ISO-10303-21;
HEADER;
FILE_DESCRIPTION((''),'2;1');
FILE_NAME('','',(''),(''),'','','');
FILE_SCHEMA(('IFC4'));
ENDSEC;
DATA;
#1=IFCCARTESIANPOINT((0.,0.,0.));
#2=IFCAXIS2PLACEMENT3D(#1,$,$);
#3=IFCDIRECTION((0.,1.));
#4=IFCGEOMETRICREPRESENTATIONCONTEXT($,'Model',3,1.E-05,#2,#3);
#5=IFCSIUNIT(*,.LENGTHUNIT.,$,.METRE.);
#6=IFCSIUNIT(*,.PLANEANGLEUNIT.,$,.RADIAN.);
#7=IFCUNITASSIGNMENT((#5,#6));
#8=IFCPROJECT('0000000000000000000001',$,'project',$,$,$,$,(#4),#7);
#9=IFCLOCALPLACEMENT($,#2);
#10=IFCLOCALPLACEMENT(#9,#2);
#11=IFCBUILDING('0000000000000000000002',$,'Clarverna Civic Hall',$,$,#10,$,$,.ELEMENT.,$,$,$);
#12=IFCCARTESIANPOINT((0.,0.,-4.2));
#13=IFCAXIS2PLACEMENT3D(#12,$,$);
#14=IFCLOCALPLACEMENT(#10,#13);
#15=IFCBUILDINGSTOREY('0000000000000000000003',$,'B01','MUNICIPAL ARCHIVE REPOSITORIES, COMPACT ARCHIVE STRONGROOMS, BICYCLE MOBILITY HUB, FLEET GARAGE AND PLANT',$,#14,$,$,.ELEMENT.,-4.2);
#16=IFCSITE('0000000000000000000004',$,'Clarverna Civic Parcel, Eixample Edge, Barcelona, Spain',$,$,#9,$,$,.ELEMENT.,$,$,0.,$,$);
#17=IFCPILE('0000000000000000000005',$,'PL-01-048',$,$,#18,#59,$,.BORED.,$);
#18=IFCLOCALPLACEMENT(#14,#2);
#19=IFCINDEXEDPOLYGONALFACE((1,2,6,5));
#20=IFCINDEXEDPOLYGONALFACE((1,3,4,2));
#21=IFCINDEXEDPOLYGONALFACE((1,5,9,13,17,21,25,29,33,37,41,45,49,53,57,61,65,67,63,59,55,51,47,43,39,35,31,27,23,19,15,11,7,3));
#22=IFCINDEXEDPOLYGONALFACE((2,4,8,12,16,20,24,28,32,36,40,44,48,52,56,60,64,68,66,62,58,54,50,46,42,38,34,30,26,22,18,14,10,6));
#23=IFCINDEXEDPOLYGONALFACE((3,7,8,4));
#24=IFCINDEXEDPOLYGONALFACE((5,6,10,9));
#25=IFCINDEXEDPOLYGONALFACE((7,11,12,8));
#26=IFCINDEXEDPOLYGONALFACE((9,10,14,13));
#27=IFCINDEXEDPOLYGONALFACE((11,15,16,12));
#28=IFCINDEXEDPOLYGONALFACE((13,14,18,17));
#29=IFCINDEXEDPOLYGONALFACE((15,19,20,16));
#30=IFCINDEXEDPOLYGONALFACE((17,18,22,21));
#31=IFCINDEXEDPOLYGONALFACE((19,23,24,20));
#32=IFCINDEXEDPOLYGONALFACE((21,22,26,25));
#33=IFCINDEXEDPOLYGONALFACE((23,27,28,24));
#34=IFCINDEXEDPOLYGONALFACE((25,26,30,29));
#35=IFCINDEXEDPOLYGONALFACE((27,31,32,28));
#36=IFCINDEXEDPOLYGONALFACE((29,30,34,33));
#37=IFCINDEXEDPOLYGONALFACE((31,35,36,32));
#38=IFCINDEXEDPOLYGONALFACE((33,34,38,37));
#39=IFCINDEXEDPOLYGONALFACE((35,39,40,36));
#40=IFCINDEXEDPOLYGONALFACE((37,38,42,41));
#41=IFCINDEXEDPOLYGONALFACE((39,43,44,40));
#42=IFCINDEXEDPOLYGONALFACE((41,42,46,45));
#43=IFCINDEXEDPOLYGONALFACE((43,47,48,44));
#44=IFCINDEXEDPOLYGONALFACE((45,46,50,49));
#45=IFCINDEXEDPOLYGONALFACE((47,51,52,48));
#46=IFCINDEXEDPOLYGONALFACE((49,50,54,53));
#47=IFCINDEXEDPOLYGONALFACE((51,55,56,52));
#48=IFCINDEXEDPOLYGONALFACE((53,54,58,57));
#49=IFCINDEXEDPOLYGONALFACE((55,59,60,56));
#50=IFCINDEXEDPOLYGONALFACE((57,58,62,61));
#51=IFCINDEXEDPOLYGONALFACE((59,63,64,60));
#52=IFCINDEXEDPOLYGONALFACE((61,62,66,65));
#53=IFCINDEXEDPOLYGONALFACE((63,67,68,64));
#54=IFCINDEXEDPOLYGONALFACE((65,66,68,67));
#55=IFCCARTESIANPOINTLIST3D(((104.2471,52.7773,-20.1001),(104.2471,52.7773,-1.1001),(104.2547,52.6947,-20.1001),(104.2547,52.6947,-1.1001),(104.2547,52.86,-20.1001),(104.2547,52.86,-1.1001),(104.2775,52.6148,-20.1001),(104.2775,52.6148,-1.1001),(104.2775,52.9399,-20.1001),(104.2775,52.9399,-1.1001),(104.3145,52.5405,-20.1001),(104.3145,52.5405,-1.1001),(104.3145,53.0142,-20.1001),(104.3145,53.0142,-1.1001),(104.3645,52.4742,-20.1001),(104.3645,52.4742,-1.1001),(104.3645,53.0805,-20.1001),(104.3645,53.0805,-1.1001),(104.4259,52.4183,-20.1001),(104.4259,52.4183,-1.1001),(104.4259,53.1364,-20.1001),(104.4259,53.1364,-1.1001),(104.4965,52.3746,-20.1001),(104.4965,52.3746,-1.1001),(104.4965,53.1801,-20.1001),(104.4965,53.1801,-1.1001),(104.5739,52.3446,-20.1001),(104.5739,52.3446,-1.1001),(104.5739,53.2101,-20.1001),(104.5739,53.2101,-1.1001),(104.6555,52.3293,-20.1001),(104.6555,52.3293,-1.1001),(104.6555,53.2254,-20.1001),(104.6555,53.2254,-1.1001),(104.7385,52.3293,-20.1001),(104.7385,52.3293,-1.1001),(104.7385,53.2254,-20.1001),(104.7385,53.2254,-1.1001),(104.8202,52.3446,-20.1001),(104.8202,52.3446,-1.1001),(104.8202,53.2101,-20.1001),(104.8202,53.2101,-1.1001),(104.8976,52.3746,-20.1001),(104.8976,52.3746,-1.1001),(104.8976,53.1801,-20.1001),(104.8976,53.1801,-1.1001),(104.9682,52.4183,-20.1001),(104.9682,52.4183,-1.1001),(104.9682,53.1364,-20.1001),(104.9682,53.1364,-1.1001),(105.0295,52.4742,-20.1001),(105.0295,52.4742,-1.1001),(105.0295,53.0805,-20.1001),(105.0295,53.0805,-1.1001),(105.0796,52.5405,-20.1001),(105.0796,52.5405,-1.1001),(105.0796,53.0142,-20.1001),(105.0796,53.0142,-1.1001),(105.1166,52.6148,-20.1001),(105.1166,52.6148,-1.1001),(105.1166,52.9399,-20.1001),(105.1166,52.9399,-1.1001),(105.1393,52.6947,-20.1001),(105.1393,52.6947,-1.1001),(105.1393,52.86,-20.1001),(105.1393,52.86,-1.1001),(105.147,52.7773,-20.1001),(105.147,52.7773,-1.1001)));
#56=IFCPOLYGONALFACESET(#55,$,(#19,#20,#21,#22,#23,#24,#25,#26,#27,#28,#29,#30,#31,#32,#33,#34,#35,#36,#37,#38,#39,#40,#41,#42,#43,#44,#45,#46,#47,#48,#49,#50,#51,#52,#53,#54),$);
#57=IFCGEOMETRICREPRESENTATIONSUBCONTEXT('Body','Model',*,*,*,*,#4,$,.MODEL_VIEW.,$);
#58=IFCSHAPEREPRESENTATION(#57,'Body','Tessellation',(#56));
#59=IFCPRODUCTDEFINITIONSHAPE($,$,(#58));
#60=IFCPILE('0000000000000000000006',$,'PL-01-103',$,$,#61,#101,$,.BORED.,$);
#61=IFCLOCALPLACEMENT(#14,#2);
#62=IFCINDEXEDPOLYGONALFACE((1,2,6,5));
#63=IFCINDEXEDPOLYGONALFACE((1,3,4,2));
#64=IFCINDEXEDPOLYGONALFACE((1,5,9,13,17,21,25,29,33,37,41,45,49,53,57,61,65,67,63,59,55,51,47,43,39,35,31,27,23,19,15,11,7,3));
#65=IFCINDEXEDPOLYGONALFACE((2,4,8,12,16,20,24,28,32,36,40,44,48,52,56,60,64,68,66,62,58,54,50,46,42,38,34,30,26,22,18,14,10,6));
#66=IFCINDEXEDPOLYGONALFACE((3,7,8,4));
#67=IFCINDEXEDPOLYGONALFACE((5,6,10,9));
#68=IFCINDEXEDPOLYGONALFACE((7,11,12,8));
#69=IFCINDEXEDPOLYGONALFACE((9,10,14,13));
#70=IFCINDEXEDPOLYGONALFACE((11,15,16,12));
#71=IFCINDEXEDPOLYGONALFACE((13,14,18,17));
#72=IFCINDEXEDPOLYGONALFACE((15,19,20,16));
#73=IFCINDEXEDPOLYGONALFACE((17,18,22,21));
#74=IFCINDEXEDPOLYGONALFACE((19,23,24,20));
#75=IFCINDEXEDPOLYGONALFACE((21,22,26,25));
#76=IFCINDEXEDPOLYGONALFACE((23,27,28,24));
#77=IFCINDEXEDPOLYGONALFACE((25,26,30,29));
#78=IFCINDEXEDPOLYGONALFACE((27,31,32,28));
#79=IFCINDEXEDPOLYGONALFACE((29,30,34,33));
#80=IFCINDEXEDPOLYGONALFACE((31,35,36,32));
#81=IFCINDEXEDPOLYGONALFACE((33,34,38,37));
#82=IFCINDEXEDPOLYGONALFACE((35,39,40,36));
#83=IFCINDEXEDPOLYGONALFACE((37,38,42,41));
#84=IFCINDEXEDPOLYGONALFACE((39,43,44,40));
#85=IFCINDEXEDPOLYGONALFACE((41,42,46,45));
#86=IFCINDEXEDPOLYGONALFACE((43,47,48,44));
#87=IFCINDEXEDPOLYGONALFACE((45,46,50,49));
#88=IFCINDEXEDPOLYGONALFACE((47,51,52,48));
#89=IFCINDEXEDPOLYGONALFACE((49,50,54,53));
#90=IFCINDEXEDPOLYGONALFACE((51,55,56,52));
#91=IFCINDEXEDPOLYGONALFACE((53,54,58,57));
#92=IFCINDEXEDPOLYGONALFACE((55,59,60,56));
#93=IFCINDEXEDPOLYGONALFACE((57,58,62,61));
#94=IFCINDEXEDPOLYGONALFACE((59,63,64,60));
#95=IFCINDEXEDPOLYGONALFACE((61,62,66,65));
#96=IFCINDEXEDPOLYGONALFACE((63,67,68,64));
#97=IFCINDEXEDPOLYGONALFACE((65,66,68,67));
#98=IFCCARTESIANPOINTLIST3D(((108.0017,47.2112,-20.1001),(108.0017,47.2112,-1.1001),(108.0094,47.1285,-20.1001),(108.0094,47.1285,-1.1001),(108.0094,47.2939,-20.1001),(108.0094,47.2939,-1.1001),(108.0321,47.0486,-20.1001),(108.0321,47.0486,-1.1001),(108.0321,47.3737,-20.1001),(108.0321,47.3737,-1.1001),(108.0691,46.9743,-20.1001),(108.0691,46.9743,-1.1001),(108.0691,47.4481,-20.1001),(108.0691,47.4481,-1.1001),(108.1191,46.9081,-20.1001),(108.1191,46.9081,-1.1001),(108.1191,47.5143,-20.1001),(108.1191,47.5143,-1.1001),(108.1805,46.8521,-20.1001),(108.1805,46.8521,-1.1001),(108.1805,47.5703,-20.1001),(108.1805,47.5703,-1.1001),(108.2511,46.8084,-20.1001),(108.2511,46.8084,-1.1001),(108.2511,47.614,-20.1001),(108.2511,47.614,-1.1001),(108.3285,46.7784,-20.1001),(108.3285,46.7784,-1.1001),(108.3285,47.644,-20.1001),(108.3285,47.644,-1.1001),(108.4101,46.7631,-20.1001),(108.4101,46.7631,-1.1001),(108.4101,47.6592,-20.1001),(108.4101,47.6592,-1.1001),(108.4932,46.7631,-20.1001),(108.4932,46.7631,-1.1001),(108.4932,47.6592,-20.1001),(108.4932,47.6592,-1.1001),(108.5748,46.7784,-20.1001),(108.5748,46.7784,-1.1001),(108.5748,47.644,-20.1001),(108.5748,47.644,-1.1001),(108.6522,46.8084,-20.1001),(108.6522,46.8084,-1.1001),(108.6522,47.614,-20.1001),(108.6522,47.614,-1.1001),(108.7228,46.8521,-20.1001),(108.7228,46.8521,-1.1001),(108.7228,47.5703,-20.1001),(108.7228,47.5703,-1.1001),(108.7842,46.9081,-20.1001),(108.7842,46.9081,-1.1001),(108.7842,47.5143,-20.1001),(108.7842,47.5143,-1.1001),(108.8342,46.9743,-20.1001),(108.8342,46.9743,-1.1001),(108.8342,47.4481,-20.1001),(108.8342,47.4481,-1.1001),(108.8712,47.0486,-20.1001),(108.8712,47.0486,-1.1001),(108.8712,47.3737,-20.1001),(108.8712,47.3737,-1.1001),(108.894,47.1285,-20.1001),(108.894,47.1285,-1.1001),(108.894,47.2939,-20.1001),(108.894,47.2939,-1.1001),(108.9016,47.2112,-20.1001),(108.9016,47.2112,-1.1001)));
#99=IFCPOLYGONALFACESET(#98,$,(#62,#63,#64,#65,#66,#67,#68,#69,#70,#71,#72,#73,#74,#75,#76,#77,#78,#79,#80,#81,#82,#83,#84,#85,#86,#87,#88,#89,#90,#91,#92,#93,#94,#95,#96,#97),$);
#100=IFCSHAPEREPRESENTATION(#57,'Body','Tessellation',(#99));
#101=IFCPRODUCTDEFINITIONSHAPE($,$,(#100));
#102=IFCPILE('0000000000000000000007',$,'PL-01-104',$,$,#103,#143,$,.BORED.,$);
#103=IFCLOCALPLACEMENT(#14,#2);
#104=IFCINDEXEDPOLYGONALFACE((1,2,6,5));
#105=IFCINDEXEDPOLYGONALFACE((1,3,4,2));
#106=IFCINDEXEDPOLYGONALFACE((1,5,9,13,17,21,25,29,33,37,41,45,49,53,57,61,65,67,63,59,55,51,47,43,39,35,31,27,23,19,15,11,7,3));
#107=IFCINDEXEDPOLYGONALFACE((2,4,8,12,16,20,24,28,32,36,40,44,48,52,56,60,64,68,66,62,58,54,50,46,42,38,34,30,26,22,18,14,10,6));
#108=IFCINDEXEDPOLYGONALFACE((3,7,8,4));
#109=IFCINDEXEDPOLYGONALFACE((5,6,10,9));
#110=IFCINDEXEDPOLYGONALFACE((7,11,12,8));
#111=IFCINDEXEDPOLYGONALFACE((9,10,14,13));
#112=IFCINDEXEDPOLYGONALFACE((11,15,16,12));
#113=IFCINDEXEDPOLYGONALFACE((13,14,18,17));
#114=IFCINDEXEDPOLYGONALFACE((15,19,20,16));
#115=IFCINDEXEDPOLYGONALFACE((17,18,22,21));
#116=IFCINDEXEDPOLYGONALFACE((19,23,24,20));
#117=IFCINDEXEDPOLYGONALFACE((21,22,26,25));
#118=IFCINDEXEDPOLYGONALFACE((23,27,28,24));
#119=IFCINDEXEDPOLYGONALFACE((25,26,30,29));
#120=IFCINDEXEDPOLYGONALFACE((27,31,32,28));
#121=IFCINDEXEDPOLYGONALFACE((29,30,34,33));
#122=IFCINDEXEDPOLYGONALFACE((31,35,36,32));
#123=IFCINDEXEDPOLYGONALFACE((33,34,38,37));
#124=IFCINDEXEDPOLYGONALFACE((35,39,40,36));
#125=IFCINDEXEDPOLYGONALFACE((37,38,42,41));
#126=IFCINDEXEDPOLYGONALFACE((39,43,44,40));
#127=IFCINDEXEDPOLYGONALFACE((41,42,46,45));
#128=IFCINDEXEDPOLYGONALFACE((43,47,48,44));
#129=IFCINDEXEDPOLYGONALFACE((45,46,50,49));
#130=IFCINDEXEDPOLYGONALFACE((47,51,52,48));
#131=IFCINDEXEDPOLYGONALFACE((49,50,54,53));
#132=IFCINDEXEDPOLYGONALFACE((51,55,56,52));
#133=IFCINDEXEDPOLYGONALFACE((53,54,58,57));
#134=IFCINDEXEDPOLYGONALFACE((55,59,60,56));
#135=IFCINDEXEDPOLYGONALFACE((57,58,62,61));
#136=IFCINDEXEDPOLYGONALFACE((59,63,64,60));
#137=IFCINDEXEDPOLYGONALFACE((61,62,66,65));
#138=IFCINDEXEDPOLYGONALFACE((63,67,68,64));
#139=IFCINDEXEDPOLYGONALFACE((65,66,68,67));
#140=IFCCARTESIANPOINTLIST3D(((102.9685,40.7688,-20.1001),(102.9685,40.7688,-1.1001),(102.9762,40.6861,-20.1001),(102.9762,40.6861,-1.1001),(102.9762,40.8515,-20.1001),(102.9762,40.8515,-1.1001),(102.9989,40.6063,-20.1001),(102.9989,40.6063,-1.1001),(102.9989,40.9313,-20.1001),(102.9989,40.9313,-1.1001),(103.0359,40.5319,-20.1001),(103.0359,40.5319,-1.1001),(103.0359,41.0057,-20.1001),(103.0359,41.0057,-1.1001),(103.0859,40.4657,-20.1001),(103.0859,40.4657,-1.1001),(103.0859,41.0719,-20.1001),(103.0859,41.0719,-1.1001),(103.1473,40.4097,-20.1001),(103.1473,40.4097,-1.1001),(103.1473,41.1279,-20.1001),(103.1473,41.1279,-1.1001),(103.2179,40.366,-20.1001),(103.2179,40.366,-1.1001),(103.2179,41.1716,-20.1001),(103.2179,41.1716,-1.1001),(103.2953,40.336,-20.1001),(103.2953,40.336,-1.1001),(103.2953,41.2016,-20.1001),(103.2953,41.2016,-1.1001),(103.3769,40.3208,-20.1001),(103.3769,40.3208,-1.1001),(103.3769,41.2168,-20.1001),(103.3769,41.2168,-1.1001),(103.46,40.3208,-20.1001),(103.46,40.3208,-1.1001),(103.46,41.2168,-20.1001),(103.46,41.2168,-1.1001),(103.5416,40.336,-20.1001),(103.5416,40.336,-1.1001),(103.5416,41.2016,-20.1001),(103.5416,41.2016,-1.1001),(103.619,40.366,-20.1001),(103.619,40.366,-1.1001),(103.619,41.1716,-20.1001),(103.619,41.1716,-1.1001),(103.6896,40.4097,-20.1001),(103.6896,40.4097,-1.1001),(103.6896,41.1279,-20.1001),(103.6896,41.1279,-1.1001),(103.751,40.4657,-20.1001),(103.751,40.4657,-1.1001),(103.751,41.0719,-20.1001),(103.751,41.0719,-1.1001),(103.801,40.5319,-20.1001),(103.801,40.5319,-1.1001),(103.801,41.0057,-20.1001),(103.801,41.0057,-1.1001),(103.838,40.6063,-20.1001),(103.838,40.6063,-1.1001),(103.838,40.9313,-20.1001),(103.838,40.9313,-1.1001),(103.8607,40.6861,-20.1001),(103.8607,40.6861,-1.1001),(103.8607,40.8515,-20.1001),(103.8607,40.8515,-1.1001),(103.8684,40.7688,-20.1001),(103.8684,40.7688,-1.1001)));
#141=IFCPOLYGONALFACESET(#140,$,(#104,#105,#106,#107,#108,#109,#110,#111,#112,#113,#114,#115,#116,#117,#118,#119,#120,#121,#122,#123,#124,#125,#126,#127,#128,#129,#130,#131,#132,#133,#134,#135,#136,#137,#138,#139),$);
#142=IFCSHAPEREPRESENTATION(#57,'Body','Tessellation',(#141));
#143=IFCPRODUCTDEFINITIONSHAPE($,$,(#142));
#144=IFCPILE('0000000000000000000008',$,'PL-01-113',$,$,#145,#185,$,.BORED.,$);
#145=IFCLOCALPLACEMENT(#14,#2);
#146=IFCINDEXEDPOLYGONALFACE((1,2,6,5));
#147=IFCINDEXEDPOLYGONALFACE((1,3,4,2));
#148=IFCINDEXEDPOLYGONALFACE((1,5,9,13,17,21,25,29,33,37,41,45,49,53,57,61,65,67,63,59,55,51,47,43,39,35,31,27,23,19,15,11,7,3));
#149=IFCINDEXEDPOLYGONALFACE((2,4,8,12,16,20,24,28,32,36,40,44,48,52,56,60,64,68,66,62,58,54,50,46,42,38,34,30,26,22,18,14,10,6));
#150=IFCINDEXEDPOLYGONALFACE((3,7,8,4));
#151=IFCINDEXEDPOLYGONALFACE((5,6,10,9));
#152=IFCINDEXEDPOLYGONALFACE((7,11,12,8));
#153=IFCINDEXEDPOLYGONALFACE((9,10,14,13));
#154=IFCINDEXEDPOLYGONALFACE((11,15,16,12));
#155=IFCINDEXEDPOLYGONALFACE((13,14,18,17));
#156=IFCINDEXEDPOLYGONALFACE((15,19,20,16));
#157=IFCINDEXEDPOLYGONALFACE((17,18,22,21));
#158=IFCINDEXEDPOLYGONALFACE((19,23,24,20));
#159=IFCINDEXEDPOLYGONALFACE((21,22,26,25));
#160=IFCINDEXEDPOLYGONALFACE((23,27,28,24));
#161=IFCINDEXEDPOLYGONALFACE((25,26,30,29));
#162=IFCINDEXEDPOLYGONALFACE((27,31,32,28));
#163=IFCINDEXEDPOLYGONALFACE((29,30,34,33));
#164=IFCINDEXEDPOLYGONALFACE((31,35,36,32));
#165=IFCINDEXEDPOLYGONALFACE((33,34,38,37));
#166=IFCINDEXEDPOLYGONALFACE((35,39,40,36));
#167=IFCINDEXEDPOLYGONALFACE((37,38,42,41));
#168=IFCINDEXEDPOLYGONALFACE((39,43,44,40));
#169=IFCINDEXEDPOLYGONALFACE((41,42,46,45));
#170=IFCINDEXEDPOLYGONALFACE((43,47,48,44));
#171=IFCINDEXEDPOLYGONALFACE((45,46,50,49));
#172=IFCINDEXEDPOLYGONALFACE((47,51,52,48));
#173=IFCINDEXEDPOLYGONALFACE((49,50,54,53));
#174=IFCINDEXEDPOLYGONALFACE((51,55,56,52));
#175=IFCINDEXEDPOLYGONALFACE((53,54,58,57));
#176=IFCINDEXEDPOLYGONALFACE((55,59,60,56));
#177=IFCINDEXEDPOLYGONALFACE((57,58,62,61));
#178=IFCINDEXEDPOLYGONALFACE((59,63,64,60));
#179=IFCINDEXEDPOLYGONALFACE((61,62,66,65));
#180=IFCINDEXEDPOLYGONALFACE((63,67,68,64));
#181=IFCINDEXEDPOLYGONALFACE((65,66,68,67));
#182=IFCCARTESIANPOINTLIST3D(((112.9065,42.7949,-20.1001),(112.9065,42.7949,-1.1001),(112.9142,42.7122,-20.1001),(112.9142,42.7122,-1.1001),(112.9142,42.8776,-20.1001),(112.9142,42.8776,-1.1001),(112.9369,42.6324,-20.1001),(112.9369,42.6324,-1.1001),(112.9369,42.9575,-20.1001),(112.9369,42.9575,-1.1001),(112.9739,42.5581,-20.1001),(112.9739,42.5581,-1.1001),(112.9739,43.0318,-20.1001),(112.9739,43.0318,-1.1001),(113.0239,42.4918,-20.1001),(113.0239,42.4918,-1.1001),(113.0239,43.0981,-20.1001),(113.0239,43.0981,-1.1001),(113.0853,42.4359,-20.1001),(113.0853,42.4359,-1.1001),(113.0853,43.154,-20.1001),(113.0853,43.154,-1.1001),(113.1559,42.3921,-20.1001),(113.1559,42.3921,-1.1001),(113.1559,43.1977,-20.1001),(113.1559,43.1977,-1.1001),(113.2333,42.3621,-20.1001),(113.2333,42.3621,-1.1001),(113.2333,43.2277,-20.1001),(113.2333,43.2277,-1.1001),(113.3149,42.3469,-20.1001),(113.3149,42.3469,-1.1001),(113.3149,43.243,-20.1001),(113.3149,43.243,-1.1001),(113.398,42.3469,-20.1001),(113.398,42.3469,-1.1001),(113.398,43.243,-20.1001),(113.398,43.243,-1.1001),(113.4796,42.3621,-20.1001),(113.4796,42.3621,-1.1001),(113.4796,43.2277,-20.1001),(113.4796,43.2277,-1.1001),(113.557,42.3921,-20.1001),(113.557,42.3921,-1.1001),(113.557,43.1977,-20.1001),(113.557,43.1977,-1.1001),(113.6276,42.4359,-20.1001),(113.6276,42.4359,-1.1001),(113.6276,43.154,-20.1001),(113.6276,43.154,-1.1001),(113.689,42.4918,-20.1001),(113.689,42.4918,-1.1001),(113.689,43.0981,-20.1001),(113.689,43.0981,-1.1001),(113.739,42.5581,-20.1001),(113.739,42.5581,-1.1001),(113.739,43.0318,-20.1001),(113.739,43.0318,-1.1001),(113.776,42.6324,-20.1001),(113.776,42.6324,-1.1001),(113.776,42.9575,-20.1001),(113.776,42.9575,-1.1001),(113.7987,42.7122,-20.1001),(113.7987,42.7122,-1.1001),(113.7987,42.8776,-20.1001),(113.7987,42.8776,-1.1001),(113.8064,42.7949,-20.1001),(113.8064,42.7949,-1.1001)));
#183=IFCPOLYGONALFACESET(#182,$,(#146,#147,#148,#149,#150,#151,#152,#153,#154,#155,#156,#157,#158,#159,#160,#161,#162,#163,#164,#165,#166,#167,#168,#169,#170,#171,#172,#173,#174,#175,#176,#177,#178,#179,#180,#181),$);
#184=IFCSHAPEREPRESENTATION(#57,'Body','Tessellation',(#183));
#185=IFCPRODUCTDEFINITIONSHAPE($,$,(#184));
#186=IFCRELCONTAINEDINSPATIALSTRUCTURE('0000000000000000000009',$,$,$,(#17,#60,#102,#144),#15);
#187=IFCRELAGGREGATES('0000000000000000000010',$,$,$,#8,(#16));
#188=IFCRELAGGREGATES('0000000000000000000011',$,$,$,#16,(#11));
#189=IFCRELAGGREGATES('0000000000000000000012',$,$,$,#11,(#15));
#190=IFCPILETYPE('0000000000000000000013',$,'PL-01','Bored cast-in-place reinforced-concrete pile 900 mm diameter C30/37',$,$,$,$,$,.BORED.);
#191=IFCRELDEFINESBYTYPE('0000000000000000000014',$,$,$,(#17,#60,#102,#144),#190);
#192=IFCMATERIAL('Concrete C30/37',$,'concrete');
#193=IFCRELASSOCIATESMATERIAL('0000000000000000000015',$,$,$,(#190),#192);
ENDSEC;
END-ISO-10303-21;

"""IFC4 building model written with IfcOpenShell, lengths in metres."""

from ifc_helpers import new_model, si_unit, direction, frame, origin, origin_2d, place, context, subcontext, project, spatial, circle, extrude, material, material_profile, profile_set, type_object, element, save


model = new_model("IFC4")

# Units and contexts
model_context = context("Model", 3, precision=1e-05, world=origin(), true_north=direction((0.0, 1.0)))
body_context = subcontext(model_context, "Body", "Model", "MODEL_VIEW")
ifc_project = project(units=[si_unit("LENGTHUNIT", "METRE"), si_unit("PLANEANGLEUNIT", "RADIAN")], contexts=[model_context])

# Site, building, storey
site_placement = place(None, origin())
site = spatial("IfcSite", under=ifc_project, at=site_placement, Name="Clarverna Civic Parcel, Eixample Edge, Barcelona, Spain", CompositionType="ELEMENT", RefElevation=0.0)
building_placement = place(site_placement, origin())
building = spatial("IfcBuilding", under=site, at=building_placement, Name="Clarverna Civic Hall", CompositionType="ELEMENT")
storey_placement = place(building_placement, frame((0.0, 0.0, -4.2)))
storey = spatial("IfcBuildingStorey", under=building, at=storey_placement, Name="B01", Description="MUNICIPAL ARCHIVE REPOSITORIES, COMPACT ARCHIVE STRONGROOMS, BICYCLE MOBILITY HUB, FLEET GARAGE AND PLANT", CompositionType="ELEMENT", Elevation=-4.2)

# Shared definitions
ifc_material_1 = material(Name="Concrete C30/37", Category="concrete")

# Piles
ifc_material_profile_1 = material_profile(ifc_material_1, circle(Radius=0.45, at=origin_2d()), Name="BORED PILE D900")
ifc_profile_set_1 = profile_set([ifc_material_profile_1], Name="Concrete C30/37")
pile_type = type_object("IfcPileType", Name="PL-01", Description="Bored cast-in-place reinforced-concrete pile 900 mm diameter C30/37", PredefinedType="BORED", material=ifc_profile_set_1)
for number, where, z_axis, x_axis, name in (
    (1, (104.697, 52.7773, -1.1001), (0.0, 0.0, -1.0), (1.0, 0.0, 0.0), "PL-01-048"),
    (2, (108.4517, 47.2112, -1.1001), (0.0, 0.0, -1.0), (1.0, 0.0, 0.0), "PL-01-103"),
    (3, (103.4185, 40.7688, -1.1001), (0.0, 0.0, -1.0), (1.0, 0.0, 0.0), "PL-01-104"),
    (4, (113.3564, 42.7949, -1.1001), (0.0, 0.0, -1.0), (1.0, 0.0, 0.0), "PL-01-113"),
):
    element("IfcPile", number, at=place(storey_placement, frame(where, z_axis=z_axis, x_axis=x_axis)), inside=storey, type_object=pile_type, Name=name, PredefinedType="BORED", context=body_context, shape_type="SweptSolid", body=[
        extrude(circle(Radius=0.45, at=origin_2d()), origin(), (0.0, 0.0, 1.0), 19.0),
    ])

save(model, "model.ifc")
